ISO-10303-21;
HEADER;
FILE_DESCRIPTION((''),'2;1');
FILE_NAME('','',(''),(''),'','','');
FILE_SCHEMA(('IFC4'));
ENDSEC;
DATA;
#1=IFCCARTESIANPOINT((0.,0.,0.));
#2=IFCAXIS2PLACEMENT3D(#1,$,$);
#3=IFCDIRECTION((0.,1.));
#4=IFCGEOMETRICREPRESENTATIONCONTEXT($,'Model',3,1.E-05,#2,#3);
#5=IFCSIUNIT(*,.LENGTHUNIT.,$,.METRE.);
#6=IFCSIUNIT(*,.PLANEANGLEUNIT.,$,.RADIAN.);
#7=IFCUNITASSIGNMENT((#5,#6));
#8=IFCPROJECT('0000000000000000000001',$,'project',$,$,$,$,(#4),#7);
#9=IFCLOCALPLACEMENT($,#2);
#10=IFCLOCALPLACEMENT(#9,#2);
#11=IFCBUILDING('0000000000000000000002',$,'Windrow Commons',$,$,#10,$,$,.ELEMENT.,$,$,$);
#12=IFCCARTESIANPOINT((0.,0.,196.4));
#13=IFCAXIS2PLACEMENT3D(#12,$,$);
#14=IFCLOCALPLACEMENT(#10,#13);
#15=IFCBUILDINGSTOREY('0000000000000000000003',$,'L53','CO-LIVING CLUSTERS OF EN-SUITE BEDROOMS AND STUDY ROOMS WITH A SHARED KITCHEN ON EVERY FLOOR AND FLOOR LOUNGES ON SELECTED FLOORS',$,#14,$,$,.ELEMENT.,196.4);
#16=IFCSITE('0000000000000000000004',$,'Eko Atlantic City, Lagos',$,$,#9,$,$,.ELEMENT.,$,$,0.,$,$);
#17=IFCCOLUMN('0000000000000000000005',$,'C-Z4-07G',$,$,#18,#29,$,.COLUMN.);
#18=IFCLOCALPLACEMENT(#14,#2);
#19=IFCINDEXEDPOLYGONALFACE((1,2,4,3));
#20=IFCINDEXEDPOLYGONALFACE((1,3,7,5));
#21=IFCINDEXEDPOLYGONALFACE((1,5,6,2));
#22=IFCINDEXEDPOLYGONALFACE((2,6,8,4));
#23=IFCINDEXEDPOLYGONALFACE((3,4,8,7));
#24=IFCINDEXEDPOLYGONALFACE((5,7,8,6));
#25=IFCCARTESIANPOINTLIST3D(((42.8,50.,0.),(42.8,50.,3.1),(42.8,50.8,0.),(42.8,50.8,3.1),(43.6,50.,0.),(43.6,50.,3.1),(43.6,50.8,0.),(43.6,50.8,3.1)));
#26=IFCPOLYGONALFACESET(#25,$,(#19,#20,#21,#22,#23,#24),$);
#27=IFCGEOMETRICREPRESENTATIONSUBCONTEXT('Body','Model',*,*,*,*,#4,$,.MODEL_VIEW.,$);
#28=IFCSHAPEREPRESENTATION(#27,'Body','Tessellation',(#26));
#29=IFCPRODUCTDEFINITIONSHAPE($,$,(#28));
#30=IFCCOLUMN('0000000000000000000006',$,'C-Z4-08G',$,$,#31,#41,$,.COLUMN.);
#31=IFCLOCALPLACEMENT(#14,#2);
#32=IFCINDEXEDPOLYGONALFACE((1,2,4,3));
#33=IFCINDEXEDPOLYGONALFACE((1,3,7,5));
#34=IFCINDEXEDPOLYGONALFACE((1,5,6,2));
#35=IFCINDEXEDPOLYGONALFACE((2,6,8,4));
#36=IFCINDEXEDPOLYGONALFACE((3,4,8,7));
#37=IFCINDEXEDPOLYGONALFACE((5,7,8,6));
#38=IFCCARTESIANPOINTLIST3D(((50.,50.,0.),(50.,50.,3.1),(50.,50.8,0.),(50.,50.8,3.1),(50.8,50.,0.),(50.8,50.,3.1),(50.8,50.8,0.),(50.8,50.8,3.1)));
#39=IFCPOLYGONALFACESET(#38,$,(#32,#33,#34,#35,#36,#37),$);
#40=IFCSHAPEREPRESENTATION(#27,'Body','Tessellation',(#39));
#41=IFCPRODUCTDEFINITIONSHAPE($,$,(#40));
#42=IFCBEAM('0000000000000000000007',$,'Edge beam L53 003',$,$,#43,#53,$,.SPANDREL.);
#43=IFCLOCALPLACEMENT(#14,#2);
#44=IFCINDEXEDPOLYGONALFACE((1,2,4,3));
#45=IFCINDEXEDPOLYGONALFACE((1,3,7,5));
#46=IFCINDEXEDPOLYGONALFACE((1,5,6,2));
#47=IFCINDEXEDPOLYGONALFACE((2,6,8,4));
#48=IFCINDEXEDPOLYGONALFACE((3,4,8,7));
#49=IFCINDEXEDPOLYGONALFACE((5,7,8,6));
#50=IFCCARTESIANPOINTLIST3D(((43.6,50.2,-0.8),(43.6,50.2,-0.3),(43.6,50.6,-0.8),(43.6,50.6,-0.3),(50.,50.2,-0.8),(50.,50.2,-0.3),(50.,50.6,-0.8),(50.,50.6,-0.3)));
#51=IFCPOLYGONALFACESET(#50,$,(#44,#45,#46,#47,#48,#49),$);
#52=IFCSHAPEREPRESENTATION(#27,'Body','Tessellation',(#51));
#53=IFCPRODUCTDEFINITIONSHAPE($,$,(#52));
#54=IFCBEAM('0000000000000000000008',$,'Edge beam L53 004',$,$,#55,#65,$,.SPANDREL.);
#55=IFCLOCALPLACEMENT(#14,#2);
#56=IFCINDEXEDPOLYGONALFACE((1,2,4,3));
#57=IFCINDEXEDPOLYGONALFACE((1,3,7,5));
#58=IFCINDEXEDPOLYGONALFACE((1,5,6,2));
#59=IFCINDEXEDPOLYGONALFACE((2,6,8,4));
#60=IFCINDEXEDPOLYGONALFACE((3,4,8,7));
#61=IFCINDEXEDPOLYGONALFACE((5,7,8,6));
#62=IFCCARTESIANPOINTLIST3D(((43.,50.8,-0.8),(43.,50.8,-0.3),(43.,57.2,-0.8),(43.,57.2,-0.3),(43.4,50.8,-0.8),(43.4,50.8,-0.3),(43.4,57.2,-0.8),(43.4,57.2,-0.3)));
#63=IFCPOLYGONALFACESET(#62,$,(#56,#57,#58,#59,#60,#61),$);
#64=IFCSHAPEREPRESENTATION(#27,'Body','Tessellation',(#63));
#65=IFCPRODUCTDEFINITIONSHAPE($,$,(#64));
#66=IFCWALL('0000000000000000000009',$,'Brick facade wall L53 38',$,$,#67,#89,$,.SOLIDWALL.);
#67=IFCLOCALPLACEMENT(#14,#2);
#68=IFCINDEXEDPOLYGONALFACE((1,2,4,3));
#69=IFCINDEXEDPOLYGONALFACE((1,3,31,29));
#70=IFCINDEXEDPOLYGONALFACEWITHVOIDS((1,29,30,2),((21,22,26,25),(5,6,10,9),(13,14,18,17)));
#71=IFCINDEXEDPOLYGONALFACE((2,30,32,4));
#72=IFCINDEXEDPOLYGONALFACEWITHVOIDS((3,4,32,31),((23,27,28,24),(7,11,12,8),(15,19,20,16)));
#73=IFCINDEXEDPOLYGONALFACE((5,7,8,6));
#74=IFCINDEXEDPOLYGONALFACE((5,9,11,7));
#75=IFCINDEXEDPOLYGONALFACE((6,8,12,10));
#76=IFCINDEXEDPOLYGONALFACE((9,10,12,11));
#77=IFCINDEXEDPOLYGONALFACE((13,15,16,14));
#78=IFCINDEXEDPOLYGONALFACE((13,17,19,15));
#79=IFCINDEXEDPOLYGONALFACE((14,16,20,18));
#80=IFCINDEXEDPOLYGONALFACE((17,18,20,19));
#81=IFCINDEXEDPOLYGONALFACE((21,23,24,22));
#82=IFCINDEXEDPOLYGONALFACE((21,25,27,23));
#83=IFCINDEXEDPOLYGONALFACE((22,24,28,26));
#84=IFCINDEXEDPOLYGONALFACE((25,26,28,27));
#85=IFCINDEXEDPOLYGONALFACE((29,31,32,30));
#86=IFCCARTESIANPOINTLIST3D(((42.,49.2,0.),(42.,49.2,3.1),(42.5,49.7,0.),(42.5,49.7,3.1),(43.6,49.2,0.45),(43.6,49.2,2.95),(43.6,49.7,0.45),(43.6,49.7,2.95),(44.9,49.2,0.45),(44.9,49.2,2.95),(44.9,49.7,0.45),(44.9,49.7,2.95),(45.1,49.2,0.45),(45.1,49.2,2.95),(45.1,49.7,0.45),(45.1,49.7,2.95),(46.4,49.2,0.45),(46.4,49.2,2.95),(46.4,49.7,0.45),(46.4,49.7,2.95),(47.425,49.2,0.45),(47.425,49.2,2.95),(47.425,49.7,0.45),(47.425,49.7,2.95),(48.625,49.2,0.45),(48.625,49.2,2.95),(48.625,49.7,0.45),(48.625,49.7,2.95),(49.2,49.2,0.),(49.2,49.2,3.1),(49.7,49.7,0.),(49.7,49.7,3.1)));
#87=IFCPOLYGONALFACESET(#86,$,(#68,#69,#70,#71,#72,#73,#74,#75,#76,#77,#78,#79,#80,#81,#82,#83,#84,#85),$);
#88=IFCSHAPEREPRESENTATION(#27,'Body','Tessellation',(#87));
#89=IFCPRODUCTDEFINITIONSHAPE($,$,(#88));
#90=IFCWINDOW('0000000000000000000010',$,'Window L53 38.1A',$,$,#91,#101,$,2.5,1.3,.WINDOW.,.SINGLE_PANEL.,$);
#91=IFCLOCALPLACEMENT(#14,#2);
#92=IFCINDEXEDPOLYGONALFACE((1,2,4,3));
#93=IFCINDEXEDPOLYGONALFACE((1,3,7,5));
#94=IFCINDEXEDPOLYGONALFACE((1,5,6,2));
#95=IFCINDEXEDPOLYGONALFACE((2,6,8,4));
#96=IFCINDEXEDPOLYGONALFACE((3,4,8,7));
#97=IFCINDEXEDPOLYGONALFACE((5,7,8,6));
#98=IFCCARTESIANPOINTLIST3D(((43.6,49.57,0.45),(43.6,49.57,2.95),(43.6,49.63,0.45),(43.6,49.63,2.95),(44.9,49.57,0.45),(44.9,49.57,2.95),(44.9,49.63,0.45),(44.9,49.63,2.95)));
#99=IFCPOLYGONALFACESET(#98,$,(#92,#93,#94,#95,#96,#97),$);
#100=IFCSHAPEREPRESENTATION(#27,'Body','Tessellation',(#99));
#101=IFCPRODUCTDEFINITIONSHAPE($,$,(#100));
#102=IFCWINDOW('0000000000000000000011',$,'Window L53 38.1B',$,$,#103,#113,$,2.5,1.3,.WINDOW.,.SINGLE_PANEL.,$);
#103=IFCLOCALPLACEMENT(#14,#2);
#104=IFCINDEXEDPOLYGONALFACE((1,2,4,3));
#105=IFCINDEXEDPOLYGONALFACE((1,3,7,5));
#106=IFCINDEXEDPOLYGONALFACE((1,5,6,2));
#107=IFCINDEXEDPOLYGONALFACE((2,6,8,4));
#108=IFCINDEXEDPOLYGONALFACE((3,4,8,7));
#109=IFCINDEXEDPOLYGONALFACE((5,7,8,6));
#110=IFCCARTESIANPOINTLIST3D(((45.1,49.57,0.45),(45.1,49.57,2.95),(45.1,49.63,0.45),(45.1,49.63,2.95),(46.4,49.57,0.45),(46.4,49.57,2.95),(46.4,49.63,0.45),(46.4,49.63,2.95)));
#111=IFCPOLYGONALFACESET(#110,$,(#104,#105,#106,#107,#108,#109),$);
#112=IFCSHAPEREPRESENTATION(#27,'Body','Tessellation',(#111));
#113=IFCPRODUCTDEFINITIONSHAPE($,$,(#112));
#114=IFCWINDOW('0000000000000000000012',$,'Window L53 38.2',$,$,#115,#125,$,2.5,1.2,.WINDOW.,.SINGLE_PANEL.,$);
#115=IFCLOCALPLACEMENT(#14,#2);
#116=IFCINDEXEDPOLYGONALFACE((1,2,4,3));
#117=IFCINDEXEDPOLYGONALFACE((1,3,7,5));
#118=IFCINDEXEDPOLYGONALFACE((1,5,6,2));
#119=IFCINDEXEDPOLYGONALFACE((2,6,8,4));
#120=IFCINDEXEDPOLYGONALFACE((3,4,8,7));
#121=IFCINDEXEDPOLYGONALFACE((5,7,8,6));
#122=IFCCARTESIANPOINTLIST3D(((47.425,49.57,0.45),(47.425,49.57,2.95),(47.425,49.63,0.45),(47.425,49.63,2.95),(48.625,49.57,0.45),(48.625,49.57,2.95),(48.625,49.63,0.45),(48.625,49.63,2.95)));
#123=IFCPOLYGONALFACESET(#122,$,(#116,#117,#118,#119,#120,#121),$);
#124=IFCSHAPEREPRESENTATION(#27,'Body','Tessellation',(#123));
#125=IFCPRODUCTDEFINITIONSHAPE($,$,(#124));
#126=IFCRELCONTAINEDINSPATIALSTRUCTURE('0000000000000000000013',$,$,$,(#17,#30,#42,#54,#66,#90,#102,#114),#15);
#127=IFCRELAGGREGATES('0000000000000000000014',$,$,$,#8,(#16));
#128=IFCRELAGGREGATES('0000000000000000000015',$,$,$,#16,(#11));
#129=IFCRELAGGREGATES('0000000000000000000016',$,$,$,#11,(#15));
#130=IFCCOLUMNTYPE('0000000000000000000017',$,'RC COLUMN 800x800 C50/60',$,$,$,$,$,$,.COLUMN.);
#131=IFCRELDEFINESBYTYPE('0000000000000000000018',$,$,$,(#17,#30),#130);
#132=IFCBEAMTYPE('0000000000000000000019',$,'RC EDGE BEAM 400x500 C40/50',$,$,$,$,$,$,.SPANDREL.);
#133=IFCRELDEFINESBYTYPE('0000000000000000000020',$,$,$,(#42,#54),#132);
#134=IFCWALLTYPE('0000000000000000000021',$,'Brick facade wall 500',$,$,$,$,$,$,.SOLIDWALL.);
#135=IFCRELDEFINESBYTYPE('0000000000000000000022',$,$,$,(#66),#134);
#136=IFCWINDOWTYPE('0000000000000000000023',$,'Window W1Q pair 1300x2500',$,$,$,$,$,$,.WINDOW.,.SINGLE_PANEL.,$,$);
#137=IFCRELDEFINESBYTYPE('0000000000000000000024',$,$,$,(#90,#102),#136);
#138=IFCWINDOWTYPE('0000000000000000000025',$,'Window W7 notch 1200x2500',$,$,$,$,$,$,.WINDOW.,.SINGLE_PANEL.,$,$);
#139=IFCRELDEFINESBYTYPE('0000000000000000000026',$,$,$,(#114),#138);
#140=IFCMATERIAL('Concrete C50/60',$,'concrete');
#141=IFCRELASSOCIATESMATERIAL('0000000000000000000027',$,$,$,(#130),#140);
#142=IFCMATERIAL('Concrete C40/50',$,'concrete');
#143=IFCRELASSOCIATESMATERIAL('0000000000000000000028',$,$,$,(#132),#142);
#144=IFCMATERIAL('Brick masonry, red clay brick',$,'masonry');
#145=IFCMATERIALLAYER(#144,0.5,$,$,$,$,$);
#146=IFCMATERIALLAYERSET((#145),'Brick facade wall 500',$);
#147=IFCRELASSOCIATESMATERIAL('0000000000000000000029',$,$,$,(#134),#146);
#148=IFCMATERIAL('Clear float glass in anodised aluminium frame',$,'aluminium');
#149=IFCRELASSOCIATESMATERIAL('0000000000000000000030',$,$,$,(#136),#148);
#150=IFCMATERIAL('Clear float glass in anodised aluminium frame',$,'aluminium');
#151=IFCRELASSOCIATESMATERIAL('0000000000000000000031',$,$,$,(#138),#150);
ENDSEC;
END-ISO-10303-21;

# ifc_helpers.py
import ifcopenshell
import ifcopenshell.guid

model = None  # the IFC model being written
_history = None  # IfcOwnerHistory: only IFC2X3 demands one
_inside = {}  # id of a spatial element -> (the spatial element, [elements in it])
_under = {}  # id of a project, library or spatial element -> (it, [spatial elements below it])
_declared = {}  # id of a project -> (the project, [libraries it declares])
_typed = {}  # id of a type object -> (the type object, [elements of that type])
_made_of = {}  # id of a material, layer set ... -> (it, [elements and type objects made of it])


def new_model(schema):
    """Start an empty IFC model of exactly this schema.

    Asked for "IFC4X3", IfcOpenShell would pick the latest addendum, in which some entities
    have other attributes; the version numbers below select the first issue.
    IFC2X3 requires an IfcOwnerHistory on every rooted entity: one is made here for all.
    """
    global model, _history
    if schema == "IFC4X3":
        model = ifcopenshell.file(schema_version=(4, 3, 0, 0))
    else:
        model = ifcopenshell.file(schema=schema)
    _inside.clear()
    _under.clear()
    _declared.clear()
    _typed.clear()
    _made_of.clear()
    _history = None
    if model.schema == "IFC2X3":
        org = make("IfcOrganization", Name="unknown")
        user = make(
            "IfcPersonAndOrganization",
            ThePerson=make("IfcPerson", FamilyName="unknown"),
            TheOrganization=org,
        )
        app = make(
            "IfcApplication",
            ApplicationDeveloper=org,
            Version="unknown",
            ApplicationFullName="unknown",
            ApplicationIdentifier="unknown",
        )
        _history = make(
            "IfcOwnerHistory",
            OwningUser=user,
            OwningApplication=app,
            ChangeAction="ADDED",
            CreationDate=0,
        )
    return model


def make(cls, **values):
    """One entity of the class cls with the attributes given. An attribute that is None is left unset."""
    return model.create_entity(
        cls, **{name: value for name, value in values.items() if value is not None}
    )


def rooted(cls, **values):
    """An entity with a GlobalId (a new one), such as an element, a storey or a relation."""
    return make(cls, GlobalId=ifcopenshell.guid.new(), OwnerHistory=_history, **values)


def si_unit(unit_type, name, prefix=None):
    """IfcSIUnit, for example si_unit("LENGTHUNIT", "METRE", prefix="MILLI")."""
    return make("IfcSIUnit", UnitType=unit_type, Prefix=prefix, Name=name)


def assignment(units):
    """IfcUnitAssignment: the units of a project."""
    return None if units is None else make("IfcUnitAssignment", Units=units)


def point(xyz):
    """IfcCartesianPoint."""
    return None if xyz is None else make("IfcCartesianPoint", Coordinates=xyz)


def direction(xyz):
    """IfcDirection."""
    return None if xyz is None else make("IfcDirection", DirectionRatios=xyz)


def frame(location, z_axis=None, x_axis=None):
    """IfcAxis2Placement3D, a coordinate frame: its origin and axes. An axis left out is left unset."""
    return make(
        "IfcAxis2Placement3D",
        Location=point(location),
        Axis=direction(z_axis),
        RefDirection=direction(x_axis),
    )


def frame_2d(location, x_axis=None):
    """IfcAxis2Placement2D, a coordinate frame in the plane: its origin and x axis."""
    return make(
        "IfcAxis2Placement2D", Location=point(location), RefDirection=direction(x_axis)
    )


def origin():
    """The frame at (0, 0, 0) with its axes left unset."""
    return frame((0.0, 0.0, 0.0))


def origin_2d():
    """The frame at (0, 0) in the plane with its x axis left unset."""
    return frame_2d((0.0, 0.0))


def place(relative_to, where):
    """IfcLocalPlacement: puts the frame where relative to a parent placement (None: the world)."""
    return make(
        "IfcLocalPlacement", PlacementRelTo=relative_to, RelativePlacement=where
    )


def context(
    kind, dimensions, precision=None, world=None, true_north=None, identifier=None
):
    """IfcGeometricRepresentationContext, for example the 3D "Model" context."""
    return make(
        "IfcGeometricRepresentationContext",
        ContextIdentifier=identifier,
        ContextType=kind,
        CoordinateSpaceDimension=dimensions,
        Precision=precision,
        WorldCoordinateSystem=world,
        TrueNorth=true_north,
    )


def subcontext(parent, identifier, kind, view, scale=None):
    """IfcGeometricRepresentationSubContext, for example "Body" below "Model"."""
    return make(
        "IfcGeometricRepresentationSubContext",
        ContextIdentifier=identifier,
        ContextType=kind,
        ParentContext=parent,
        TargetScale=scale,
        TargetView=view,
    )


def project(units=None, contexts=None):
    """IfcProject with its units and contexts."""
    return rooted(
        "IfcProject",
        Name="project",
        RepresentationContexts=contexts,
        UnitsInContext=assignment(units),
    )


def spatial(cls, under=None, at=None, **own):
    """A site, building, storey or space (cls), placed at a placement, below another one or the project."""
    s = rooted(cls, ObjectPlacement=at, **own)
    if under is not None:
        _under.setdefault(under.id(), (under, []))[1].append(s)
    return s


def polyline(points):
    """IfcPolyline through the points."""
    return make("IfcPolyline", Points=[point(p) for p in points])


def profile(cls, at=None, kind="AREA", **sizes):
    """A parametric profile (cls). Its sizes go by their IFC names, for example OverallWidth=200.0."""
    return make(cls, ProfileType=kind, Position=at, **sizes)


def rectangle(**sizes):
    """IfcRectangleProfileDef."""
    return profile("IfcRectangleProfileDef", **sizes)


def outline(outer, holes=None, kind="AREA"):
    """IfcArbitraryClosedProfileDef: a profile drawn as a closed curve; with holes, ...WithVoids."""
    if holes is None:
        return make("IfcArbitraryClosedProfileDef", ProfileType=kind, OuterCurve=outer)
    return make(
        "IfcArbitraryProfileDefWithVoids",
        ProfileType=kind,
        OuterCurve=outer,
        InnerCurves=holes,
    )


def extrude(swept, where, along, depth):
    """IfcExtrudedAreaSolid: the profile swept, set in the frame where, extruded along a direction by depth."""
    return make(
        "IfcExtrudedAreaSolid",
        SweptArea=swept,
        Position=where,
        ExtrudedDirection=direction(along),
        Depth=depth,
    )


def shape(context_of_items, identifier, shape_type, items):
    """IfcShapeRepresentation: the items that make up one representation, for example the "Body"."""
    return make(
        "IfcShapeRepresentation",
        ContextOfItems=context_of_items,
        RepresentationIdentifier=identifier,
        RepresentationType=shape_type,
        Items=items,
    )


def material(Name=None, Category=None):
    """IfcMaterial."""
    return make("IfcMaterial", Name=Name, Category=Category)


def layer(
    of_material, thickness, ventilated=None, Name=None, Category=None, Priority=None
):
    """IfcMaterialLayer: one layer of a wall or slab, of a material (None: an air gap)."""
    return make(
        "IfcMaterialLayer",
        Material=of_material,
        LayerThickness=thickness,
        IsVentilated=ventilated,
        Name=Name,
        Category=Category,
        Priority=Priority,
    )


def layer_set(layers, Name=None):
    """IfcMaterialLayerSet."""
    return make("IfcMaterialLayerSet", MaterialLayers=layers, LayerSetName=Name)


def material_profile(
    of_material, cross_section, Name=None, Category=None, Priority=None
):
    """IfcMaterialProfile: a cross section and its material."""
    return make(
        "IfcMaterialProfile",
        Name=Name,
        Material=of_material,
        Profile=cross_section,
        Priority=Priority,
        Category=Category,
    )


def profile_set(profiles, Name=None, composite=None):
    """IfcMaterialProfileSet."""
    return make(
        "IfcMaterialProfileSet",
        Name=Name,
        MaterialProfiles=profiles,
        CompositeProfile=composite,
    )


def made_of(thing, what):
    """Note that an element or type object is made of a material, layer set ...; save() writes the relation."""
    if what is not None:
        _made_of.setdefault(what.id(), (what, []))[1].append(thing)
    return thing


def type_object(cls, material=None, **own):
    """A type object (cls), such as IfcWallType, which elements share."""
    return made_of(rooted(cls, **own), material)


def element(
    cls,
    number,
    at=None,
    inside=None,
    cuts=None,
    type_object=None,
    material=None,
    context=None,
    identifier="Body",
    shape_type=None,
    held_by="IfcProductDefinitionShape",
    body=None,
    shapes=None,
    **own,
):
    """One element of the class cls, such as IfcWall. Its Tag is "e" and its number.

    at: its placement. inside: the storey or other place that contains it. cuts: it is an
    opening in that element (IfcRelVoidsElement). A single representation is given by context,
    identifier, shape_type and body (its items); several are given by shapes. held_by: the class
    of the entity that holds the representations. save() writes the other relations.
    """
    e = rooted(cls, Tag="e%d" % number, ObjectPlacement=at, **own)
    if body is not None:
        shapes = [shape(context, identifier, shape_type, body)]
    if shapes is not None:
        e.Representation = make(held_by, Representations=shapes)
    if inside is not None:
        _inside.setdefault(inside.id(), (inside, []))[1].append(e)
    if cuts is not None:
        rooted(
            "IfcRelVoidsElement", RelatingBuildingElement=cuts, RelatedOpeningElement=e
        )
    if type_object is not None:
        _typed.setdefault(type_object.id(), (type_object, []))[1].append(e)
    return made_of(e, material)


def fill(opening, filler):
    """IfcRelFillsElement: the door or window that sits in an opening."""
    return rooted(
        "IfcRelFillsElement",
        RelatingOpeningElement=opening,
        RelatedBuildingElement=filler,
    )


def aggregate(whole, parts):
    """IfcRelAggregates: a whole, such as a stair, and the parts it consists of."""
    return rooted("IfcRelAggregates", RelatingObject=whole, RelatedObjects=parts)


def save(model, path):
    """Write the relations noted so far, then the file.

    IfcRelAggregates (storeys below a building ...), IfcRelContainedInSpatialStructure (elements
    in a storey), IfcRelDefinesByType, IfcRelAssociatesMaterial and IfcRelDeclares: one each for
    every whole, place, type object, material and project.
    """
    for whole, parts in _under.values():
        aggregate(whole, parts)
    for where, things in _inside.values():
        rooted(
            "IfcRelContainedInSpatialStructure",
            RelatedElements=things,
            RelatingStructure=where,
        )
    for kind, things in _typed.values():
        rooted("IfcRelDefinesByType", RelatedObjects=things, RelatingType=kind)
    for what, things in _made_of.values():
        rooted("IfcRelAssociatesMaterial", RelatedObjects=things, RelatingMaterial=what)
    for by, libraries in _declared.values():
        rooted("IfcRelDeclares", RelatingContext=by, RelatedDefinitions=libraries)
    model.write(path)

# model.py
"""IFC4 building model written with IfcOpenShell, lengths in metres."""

from ifc_helpers import new_model, si_unit, direction, frame, frame_2d, origin, origin_2d, place, context, subcontext, project, spatial, polyline, rectangle, outline, extrude, material, layer, layer_set, material_profile, profile_set, type_object, element, fill, save


model = new_model("IFC4")

# Units and contexts
model_context = context("Model", 3, precision=1e-05, world=origin(), true_north=direction((0.0, 1.0)))
body_context = subcontext(model_context, "Body", "Model", "MODEL_VIEW")
ifc_project = project(units=[si_unit("LENGTHUNIT", "METRE"), si_unit("PLANEANGLEUNIT", "RADIAN")], contexts=[model_context])

# Site, building, storey
site_placement = place(None, origin())
site = spatial("IfcSite", under=ifc_project, at=site_placement, Name="Eko Atlantic City, Lagos", CompositionType="ELEMENT", RefElevation=0.0)
building_placement = place(site_placement, origin())
building = spatial("IfcBuilding", under=site, at=building_placement, Name="Windrow Commons", CompositionType="ELEMENT")
storey_placement = place(building_placement, frame((0.0, 0.0, 196.4)))
storey = spatial("IfcBuildingStorey", under=building, at=storey_placement, Name="L53", Description="CO-LIVING CLUSTERS OF EN-SUITE BEDROOMS AND STUDY ROOMS WITH A SHARED KITCHEN ON EVERY FLOOR AND FLOOR LOUNGES ON SELECTED FLOORS", CompositionType="ELEMENT", Elevation=196.4)

# Columns
ifc_material_1 = material(Name="Concrete C50/60", Category="concrete")
ifc_material_profile_1 = material_profile(ifc_material_1, rectangle(XDim=0.8, YDim=0.8, at=origin_2d()))
ifc_profile_set_1 = profile_set([ifc_material_profile_1], Name="Concrete C50/60")
column_type = type_object("IfcColumnType", Name="RC COLUMN 800x800 C50/60", PredefinedType="COLUMN", material=ifc_profile_set_1)
for number, where, z_axis, x_axis, name in (
    (1, (43.2, 50.4, 0.0), (0.0, 0.0, 1.0), (1.0, 0.0, 0.0), "C-Z4-07G"),
    (2, (50.4, 50.4, 0.0), (0.0, 0.0, 1.0), (1.0, 0.0, 0.0), "C-Z4-08G"),
):
    element("IfcColumn", number, at=place(storey_placement, frame(where, z_axis=z_axis, x_axis=x_axis)), inside=storey, type_object=column_type, Name=name, PredefinedType="COLUMN", context=body_context, shape_type="SweptSolid", body=[
        extrude(rectangle(XDim=0.8, YDim=0.8, at=origin_2d()), origin(), (0.0, 0.0, 1.0), 3.1),
    ])

# Beams
ifc_material_2 = material(Name="Concrete C40/50", Category="concrete")
ifc_material_profile_2 = material_profile(ifc_material_2, rectangle(XDim=0.4, YDim=0.5, at=origin_2d()))
ifc_profile_set_2 = profile_set([ifc_material_profile_2], Name="Concrete C40/50")
beam_type = type_object("IfcBeamType", Name="RC EDGE BEAM 400x500 C40/50", PredefinedType="SPANDREL", material=ifc_profile_set_2)
for number, where, z_axis, x_axis, name in (
    (3, (50.0, 50.4, -0.55), (-1.0, 0.0, 0.0), (0.0, -1.0, 0.0), "Edge beam L53 003"),
    (4, (43.2, 50.8, -0.55), (0.0, 1.0, 0.0), (-1.0, 0.0, 0.0), "Edge beam L53 004"),
):
    element("IfcBeam", number, at=place(storey_placement, frame(where, z_axis=z_axis, x_axis=x_axis)), inside=storey, type_object=beam_type, Name=name, PredefinedType="SPANDREL", context=body_context, shape_type="SweptSolid", body=[
        extrude(rectangle(XDim=0.4, YDim=0.5, at=origin_2d()), origin(), (0.0, 0.0, 1.0), 6.4),
    ])

# Wall, openings, windows
ifc_material_3 = material(Name="Brick masonry, red clay brick", Category="masonry")
ifc_layer_1 = layer(ifc_material_3, 0.5)
ifc_layer_set_1 = layer_set([ifc_layer_1], Name="Brick facade wall 500")
wall_type_1 = type_object("IfcWallType", Name="Brick facade wall 500", PredefinedType="SOLIDWALL", material=ifc_layer_set_1)
wall_1_placement = place(storey_placement, frame((42.25, 49.45, 0.0), z_axis=(0.0, 0.0, 1.0), x_axis=(1.0, 0.0, 0.0)))
wall_1 = element("IfcWall", 5, at=wall_1_placement, inside=storey, type_object=wall_type_1, Name="Brick facade wall L53 38", PredefinedType="SOLIDWALL", context=body_context, shape_type="SweptSolid", body=[
    extrude(outline(polyline([(-0.25, -0.25), (6.95, -0.25), (7.45, 0.25), (0.25, 0.25), (-0.25, -0.25)])), origin(), (0.0, 0.0, 1.0), 3.1),
])
opening_1_placement = place(wall_1_placement, frame((1.35, 0.0, 0.45)))
opening_1 = element("IfcOpeningElement", 6, at=opening_1_placement, cuts=wall_1, PredefinedType="OPENING", context=body_context, shape_type="SweptSolid", body=[
    extrude(rectangle(XDim=1.3, YDim=2.5, at=frame_2d((0.65, 1.25))), frame((0.0, 0.26, 0.0), z_axis=(0.0, -1.0, 0.0), x_axis=(1.0, 0.0, 0.0)), (0.0, 0.0, 1.0), 0.52),
])
opening_2_placement = place(wall_1_placement, frame((2.85, 0.0, 0.45)))
opening_2 = element("IfcOpeningElement", 7, at=opening_2_placement, cuts=wall_1, PredefinedType="OPENING", context=body_context, shape_type="SweptSolid", body=[
    extrude(rectangle(XDim=1.3, YDim=2.5, at=frame_2d((0.65, 1.25))), frame((0.0, 0.26, 0.0), z_axis=(0.0, -1.0, 0.0), x_axis=(1.0, 0.0, 0.0)), (0.0, 0.0, 1.0), 0.52),
])
opening_3_placement = place(wall_1_placement, frame((5.175, 0.0, 0.45)))
opening_3 = element("IfcOpeningElement", 8, at=opening_3_placement, cuts=wall_1, PredefinedType="OPENING", context=body_context, shape_type="SweptSolid", body=[
    extrude(rectangle(XDim=1.2, YDim=2.5, at=frame_2d((0.6, 1.25))), frame((0.0, 0.26, 0.0), z_axis=(0.0, -1.0, 0.0), x_axis=(1.0, 0.0, 0.0)), (0.0, 0.0, 1.0), 0.52),
])
ifc_material_4 = material(Name="Clear float glass in anodised aluminium frame", Category="aluminium")
window_type_1 = type_object("IfcWindowType", Name="Window W1Q pair 1300x2500", PartitioningType="SINGLE_PANEL", PredefinedType="WINDOW", material=ifc_material_4)
window_1_placement = place(opening_1_placement, origin())
window_1 = element("IfcWindow", 9, at=window_1_placement, inside=storey, type_object=window_type_1, Name="Window L53 38.1A", OverallHeight=2.5, OverallWidth=1.3, PartitioningType="SINGLE_PANEL", PredefinedType="WINDOW", context=body_context, shape_type="SweptSolid", body=[
    extrude(rectangle(XDim=1.3, YDim=2.5, at=frame_2d((0.65, 1.25))), frame((0.0, 0.18, 0.0), z_axis=(0.0, -1.0, 0.0), x_axis=(1.0, 0.0, 0.0)), (0.0, 0.0, 1.0), 0.06),
])
fill(opening_1, window_1)
window_2_placement = place(opening_2_placement, origin())
window_2 = element("IfcWindow", 10, at=window_2_placement, inside=storey, type_object=window_type_1, Name="Window L53 38.1B", OverallHeight=2.5, OverallWidth=1.3, PartitioningType="SINGLE_PANEL", PredefinedType="WINDOW", context=body_context, shape_type="SweptSolid", body=[
    extrude(rectangle(XDim=1.3, YDim=2.5, at=frame_2d((0.65, 1.25))), frame((0.0, 0.18, 0.0), z_axis=(0.0, -1.0, 0.0), x_axis=(1.0, 0.0, 0.0)), (0.0, 0.0, 1.0), 0.06),
])
fill(opening_2, window_2)
ifc_material_5 = material(Name="Clear float glass in anodised aluminium frame", Category="aluminium")
window_type_2 = type_object("IfcWindowType", Name="Window W7 notch 1200x2500", PartitioningType="SINGLE_PANEL", PredefinedType="WINDOW", material=ifc_material_5)
window_3_placement = place(opening_3_placement, origin())
window_3 = element("IfcWindow", 11, at=window_3_placement, inside=storey, type_object=window_type_2, Name="Window L53 38.2", OverallHeight=2.5, OverallWidth=1.2, PartitioningType="SINGLE_PANEL", PredefinedType="WINDOW", context=body_context, shape_type="SweptSolid", body=[
    extrude(rectangle(XDim=1.2, YDim=2.5, at=frame_2d((0.6, 1.25))), frame((0.0, 0.18, 0.0), z_axis=(0.0, -1.0, 0.0), x_axis=(1.0, 0.0, 0.0)), (0.0, 0.0, 1.0), 0.06),
])
fill(opening_3, window_3)

save(model, "model.ifc")
